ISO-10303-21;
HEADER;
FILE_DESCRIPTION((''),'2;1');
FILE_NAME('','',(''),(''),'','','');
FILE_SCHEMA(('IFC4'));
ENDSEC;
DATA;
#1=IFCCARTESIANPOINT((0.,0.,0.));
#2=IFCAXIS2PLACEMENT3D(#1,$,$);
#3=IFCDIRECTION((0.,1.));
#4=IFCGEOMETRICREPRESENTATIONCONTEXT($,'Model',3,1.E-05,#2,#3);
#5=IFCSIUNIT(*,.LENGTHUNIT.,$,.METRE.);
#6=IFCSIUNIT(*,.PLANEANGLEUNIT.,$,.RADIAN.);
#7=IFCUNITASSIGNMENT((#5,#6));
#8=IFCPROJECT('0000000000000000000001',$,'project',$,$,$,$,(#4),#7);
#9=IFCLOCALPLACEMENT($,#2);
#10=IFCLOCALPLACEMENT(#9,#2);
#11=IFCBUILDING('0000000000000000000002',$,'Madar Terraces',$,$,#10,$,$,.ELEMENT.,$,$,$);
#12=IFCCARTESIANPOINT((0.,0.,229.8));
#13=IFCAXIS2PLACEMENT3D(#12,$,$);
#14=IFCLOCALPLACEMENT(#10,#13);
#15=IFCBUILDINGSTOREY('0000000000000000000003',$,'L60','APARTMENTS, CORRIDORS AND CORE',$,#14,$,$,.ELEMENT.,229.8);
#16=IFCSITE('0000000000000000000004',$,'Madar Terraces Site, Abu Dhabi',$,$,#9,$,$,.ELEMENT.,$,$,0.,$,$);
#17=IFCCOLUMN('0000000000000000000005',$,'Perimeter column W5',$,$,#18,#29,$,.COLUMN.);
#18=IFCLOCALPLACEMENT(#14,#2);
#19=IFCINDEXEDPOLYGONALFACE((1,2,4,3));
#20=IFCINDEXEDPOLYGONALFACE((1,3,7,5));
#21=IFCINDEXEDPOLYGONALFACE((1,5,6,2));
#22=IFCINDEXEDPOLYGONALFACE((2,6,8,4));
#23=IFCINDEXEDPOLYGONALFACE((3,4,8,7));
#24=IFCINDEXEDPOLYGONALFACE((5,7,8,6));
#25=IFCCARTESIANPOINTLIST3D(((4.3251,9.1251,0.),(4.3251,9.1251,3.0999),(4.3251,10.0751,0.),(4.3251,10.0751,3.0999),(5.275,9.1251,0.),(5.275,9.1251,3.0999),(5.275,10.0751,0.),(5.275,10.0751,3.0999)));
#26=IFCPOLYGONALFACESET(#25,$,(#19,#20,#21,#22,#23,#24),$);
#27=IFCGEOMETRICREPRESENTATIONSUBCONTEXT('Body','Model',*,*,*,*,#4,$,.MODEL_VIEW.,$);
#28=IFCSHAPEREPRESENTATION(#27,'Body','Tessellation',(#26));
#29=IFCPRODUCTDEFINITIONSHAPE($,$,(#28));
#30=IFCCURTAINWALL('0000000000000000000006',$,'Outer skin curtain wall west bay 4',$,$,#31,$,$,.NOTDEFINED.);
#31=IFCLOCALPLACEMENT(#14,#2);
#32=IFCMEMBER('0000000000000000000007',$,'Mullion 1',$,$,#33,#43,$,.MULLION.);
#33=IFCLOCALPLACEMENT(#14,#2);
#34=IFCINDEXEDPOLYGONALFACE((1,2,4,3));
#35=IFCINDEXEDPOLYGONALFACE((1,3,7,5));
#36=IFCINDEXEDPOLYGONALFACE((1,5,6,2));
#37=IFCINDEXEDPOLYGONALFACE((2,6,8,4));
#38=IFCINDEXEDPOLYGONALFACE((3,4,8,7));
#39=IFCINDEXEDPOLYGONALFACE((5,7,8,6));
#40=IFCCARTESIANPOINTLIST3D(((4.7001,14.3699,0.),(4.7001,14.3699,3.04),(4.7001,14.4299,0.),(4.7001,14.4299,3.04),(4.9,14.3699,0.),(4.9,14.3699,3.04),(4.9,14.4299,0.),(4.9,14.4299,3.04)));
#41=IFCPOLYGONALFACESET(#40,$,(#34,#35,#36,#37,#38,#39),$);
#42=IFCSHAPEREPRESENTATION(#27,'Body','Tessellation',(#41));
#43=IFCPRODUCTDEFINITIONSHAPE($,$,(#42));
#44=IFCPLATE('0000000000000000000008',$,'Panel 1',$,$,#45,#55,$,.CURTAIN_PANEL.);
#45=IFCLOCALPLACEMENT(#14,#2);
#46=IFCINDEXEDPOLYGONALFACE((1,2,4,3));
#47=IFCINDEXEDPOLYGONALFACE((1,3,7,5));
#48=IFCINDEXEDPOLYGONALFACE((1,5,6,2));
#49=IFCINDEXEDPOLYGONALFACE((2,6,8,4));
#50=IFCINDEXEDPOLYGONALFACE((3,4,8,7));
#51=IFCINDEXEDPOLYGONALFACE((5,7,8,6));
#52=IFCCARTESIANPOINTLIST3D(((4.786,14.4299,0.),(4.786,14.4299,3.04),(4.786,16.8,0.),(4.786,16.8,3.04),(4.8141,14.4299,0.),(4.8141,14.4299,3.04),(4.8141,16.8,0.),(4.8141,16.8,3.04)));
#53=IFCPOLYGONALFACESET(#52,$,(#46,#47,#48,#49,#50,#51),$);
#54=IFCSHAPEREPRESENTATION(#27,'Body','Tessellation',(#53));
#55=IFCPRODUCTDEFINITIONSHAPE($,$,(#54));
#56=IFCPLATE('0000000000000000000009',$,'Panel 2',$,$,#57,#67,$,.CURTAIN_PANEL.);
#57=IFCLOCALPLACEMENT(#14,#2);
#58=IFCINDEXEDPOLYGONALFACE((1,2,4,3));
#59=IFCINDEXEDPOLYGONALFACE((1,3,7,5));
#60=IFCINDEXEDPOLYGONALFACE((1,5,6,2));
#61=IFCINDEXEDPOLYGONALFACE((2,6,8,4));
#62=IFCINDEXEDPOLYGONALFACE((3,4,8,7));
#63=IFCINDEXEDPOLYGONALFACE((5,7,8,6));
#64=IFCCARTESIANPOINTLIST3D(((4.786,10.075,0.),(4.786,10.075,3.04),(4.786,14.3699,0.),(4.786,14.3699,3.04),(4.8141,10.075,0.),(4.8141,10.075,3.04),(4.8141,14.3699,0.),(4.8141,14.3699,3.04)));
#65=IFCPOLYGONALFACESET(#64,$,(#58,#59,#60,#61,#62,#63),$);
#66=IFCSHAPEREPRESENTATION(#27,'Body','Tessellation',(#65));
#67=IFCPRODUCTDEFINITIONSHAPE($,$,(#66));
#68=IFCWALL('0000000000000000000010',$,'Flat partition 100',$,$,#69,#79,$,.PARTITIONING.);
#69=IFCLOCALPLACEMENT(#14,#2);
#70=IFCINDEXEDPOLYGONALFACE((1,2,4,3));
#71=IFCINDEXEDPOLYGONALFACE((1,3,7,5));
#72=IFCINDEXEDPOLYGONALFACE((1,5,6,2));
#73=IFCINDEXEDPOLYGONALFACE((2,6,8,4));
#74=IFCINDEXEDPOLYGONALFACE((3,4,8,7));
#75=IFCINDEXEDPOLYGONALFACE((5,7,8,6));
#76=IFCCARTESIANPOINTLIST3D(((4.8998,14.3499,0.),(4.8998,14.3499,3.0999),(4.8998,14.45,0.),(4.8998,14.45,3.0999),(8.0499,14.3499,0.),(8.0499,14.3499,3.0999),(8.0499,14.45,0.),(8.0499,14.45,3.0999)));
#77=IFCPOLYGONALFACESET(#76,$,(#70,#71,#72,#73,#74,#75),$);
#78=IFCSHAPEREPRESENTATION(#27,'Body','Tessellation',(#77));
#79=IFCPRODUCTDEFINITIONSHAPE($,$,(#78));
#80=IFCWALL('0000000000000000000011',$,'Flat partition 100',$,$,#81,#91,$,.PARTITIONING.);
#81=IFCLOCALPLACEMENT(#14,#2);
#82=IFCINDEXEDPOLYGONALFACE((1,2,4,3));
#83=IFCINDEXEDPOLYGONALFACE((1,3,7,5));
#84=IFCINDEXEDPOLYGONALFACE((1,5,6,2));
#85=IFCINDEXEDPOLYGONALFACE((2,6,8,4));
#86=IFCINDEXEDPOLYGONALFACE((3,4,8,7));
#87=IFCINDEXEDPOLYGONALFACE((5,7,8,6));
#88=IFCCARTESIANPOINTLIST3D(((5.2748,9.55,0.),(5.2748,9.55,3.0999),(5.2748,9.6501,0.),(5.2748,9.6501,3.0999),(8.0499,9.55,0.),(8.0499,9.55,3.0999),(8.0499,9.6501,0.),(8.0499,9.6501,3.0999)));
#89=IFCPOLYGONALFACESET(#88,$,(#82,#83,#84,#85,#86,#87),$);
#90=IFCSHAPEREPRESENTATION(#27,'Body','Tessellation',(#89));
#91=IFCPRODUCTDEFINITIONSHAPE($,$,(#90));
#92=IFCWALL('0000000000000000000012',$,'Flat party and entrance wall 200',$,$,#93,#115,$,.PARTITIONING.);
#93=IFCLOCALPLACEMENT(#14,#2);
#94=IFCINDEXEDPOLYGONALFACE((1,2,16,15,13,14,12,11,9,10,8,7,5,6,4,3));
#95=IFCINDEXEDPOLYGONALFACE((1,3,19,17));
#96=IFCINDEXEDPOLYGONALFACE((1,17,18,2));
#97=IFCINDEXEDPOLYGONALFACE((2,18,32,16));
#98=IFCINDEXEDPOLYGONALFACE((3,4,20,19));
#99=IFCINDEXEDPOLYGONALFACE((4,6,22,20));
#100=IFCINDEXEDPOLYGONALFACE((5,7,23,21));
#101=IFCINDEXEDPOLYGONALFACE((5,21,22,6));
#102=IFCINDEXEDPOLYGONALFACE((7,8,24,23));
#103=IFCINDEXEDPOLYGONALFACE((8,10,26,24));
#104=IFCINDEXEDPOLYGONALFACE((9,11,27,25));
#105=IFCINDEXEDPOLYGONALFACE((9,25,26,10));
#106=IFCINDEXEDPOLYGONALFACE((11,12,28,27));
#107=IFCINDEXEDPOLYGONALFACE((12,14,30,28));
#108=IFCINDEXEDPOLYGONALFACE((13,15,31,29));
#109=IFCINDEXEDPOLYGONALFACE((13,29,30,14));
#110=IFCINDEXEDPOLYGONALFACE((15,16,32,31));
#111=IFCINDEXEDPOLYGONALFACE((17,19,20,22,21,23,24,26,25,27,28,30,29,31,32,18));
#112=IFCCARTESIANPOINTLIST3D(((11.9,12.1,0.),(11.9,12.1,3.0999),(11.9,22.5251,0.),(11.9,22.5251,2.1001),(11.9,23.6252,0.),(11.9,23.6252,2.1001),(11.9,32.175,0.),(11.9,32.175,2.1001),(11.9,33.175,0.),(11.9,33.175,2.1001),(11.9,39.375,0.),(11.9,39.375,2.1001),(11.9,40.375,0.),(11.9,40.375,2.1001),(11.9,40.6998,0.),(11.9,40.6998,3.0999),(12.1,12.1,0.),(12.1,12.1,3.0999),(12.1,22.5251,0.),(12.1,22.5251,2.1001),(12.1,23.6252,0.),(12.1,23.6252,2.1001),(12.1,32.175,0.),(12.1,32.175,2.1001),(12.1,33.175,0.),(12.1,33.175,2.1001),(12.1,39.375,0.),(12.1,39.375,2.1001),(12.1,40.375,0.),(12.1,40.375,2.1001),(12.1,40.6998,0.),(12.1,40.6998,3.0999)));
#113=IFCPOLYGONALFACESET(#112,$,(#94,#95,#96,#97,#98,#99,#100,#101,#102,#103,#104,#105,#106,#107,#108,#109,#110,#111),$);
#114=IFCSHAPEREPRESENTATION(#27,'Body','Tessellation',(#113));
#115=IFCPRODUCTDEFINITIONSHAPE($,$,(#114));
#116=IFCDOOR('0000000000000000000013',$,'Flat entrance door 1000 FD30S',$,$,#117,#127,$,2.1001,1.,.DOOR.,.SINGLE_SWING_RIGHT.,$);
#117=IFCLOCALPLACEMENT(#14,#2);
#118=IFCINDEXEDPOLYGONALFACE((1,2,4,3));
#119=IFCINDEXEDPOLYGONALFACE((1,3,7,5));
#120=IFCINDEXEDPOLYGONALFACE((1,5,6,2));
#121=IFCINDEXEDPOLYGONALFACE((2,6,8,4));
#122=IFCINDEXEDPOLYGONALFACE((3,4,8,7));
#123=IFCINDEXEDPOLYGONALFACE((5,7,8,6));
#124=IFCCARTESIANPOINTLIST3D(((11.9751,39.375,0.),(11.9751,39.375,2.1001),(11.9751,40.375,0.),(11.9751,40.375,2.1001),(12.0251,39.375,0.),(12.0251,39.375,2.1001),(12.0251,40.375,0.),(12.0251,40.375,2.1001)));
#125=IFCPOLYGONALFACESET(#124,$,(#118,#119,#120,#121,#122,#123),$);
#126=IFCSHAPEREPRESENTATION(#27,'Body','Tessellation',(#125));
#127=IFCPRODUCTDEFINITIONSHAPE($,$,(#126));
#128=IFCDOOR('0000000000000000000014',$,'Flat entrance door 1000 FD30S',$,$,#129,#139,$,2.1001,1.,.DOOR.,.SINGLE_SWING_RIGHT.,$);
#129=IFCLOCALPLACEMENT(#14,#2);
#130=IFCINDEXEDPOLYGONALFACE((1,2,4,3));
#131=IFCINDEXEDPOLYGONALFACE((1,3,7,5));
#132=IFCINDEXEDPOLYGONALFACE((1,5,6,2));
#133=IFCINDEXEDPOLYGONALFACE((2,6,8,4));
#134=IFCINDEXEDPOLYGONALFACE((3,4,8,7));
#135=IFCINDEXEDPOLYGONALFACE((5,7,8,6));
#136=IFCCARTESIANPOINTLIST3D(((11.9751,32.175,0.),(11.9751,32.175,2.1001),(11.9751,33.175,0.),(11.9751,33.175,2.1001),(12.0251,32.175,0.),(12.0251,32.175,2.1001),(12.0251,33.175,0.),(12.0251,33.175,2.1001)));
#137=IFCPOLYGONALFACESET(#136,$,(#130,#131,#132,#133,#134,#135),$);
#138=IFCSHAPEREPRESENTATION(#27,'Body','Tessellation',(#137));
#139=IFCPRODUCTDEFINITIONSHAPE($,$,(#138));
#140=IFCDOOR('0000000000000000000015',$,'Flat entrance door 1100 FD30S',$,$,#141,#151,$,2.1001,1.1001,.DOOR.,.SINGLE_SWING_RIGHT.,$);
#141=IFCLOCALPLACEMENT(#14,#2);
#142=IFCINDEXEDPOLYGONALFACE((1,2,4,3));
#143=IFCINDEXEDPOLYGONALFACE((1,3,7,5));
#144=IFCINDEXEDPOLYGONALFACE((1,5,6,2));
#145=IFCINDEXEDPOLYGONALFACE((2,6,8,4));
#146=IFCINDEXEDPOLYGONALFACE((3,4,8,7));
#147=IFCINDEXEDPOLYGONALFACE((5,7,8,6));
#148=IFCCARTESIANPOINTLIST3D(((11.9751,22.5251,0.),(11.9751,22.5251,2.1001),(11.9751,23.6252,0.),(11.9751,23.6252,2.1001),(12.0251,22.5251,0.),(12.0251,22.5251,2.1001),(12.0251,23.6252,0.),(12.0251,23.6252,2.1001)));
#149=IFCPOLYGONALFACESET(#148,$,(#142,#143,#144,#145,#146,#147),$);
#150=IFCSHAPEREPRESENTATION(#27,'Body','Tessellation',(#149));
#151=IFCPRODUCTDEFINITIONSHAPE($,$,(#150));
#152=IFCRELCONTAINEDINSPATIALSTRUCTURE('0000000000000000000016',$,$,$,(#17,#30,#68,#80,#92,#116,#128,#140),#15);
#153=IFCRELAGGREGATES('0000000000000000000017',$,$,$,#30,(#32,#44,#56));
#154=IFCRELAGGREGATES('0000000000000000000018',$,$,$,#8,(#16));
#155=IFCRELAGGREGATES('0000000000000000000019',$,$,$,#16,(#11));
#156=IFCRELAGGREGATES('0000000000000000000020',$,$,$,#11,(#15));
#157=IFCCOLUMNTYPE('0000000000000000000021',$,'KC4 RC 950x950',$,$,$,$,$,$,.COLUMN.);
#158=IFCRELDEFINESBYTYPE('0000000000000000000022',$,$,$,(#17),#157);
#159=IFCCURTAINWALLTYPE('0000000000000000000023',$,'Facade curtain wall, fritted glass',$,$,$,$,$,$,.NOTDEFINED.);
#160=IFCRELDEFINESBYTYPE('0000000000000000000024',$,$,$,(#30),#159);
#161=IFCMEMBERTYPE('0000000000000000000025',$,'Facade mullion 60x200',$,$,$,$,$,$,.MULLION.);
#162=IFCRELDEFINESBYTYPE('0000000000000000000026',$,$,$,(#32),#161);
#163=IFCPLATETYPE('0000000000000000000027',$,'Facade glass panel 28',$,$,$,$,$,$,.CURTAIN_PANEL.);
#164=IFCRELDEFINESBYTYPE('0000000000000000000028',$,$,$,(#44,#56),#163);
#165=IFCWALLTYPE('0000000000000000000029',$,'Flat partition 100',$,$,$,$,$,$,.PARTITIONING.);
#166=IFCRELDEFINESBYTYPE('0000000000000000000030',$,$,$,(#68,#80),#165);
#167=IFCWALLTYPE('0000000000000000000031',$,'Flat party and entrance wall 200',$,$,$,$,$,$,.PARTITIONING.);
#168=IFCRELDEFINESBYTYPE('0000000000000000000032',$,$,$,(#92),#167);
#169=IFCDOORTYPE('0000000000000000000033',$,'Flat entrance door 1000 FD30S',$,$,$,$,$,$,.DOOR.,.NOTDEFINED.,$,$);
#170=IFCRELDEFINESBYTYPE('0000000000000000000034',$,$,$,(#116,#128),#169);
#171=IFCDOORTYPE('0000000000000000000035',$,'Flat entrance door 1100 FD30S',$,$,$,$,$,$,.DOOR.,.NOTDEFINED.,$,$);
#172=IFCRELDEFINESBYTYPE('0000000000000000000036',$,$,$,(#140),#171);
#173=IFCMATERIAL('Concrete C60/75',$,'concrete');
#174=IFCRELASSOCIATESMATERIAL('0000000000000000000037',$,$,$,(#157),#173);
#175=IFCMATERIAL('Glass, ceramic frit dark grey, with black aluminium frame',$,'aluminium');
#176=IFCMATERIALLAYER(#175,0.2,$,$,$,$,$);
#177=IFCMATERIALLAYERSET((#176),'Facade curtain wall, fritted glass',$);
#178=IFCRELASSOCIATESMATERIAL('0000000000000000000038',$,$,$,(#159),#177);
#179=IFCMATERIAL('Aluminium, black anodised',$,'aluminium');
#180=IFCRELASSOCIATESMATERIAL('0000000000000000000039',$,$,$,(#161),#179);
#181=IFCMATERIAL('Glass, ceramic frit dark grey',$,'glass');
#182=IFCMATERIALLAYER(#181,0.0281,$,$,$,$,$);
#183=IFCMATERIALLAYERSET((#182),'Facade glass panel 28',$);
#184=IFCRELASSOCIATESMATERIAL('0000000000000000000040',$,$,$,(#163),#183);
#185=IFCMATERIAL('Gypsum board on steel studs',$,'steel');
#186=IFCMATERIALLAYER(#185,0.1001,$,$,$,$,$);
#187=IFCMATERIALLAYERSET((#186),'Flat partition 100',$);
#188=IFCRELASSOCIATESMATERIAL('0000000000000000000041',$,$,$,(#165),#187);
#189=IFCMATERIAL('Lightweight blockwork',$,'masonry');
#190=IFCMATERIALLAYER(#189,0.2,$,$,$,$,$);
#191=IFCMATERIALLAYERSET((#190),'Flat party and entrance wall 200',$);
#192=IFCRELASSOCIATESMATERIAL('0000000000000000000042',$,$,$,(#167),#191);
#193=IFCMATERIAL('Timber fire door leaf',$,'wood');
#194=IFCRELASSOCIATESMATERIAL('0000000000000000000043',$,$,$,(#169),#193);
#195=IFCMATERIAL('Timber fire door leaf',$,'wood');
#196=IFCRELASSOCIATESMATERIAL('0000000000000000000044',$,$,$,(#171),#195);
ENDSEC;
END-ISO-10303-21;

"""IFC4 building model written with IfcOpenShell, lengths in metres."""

from ifc_helpers import new_model, si_unit, direction, frame, frame_2d, origin, origin_2d, place, context, subcontext, project, spatial, rectangle, extrude, material, layer, layer_set, material_profile, profile_set, type_object, element, fill, aggregate, save


model = new_model("IFC4")

# Units and contexts
model_context = context("Model", 3, precision=1e-05, world=origin(), true_north=direction((0.0, 1.0)))
body_context = subcontext(model_context, "Body", "Model", "MODEL_VIEW")
ifc_project = project(units=[si_unit("LENGTHUNIT", "METRE"), si_unit("PLANEANGLEUNIT", "RADIAN")], contexts=[model_context])

# Site, building, storey
site_placement = place(None, origin())
site = spatial("IfcSite", under=ifc_project, at=site_placement, Name="Madar Terraces Site, Abu Dhabi", CompositionType="ELEMENT", RefElevation=0.0)
building_placement = place(site_placement, origin())
building = spatial("IfcBuilding", under=site, at=building_placement, Name="Madar Terraces", CompositionType="ELEMENT")
storey_placement = place(building_placement, frame((0.0, 0.0, 229.8)))
storey = spatial("IfcBuildingStorey", under=building, at=storey_placement, Name="L60", Description="APARTMENTS, CORRIDORS AND CORE", CompositionType="ELEMENT", Elevation=229.8)

# Column
ifc_material_1 = material(Name="Concrete C60/75", Category="concrete")
ifc_material_profile_1 = material_profile(ifc_material_1, rectangle(XDim=0.95, YDim=0.95, at=origin_2d()), Name="KC4 RC 950x950")
ifc_profile_set_1 = profile_set([ifc_material_profile_1], Name="Concrete C60/75")
column_type = type_object("IfcColumnType", Name="KC4 RC 950x950", PredefinedType="COLUMN", material=ifc_profile_set_1)
column_placement = place(storey_placement, frame((4.8, 9.6001, 0.0), z_axis=(0.0, 0.0, 1.0), x_axis=(1.0, 0.0, 0.0)))
element("IfcColumn", 1, at=column_placement, inside=storey, type_object=column_type, Name="Perimeter column W5", PredefinedType="COLUMN", context=body_context, shape_type="SweptSolid", body=[
    extrude(rectangle(XDim=0.95, YDim=0.95, at=origin_2d()), origin(), (0.0, 0.0, 1.0), 3.0999),
])

# Curtain wall, member, plates
ifc_material_2 = material(Name="Glass, ceramic frit dark grey, with black aluminium frame", Category="aluminium")
ifc_layer_1 = layer(ifc_material_2, 0.2)
ifc_layer_set_1 = layer_set([ifc_layer_1], Name="Facade curtain wall, fritted glass")
curtain_wall_type = type_object("IfcCurtainWallType", Name="Facade curtain wall, fritted glass", PredefinedType="NOTDEFINED", material=ifc_layer_set_1)
curtain_wall_placement = place(storey_placement, origin())
curtain_wall = element("IfcCurtainWall", 2, at=curtain_wall_placement, inside=storey, type_object=curtain_wall_type, Name="Outer skin curtain wall west bay 4", PredefinedType="NOTDEFINED")
ifc_material_3 = material(Name="Aluminium, black anodised", Category="aluminium")
ifc_material_profile_2 = material_profile(ifc_material_3, rectangle(XDim=0.2, YDim=0.0601, at=origin_2d()), Name="Facade mullion 60x200")
ifc_profile_set_2 = profile_set([ifc_material_profile_2], Name="Aluminium, black anodised")
member_type = type_object("IfcMemberType", Name="Facade mullion 60x200", PredefinedType="MULLION", material=ifc_profile_set_2)
member_placement = place(storey_placement, frame((4.8, 14.3999, 0.0), z_axis=(0.0, 0.0, 1.0), x_axis=(1.0, 0.0, 0.0)))
member = element("IfcMember", 3, at=member_placement, type_object=member_type, Name="Mullion 1", PredefinedType="MULLION", context=body_context, shape_type="SweptSolid", body=[
    extrude(rectangle(XDim=0.2, YDim=0.0601, at=origin_2d()), origin(), (0.0, 0.0, 1.0), 3.04),
])
ifc_material_4 = material(Name="Glass, ceramic frit dark grey", Category="glass")
ifc_layer_2 = layer(ifc_material_4, 0.0281)
ifc_layer_set_2 = layer_set([ifc_layer_2], Name="Facade glass panel 28")
plate_type = type_object("IfcPlateType", Name="Facade glass panel 28", PredefinedType="CURTAIN_PANEL", material=ifc_layer_set_2)
plate_1_placement = place(storey_placement, frame((4.8, 15.615, 0.0), z_axis=(0.0, 0.0, 1.0), x_axis=(0.0, -1.0, 0.0)))
plate_1 = element("IfcPlate", 4, at=plate_1_placement, type_object=plate_type, Name="Panel 1", PredefinedType="CURTAIN_PANEL", context=body_context, shape_type="SweptSolid", body=[
    extrude(rectangle(XDim=2.3701, YDim=0.0281, at=origin_2d()), origin(), (0.0, 0.0, 1.0), 3.04),
])
plate_2_placement = place(storey_placement, frame((4.8, 12.2224, 0.0), z_axis=(0.0, 0.0, 1.0), x_axis=(0.0, -1.0, 0.0)))
plate_2 = element("IfcPlate", 5, at=plate_2_placement, type_object=plate_type, Name="Panel 2", PredefinedType="CURTAIN_PANEL", context=body_context, shape_type="SweptSolid", body=[
    extrude(rectangle(XDim=4.2949, YDim=0.0281, at=origin_2d()), origin(), (0.0, 0.0, 1.0), 3.04),
])
aggregate(curtain_wall, [member, plate_1, plate_2])

# Walls
ifc_material_5 = material(Name="Gypsum board on steel studs", Category="steel")
ifc_layer_3 = layer(ifc_material_5, 0.1001)
ifc_layer_set_3 = layer_set([ifc_layer_3], Name="Flat partition 100")
wall_type_1 = type_object("IfcWallType", Name="Flat partition 100", PredefinedType="PARTITIONING", material=ifc_layer_set_3)
wall_1_placement = place(storey_placement, frame((8.05, 14.3999, 0.0), z_axis=(0.0, 0.0, 1.0), x_axis=(-1.0, 0.0, 0.0)))
element("IfcWall", 6, at=wall_1_placement, inside=storey, type_object=wall_type_1, Name="Flat partition 100", PredefinedType="PARTITIONING", context=body_context, shape_type="SweptSolid", body=[
    extrude(rectangle(XDim=3.1501, YDim=0.1001, at=frame_2d((1.5752, 0.0))), origin(), (0.0, 0.0, 1.0), 3.0999),
])
wall_2_placement = place(storey_placement, frame((8.05, 9.6001, 0.0), z_axis=(0.0, 0.0, 1.0), x_axis=(-1.0, 0.0, 0.0)))
element("IfcWall", 7, at=wall_2_placement, inside=storey, type_object=wall_type_1, Name="Flat partition 100", PredefinedType="PARTITIONING", context=body_context, shape_type="SweptSolid", body=[
    extrude(rectangle(XDim=2.7751, YDim=0.1001, at=frame_2d((1.3877, 0.0))), origin(), (0.0, 0.0, 1.0), 3.0999),
])

# Wall, openings, doors
ifc_material_6 = material(Name="Lightweight blockwork", Category="masonry")
ifc_layer_4 = layer(ifc_material_6, 0.2)
ifc_layer_set_4 = layer_set([ifc_layer_4], Name="Flat party and entrance wall 200")
wall_type_2 = type_object("IfcWallType", Name="Flat party and entrance wall 200", PredefinedType="PARTITIONING", material=ifc_layer_set_4)
wall_3_placement = place(storey_placement, frame((12.0, 12.1001, 0.0), z_axis=(0.0, 0.0, 1.0), x_axis=(0.0, 1.0, 0.0)))
wall_3 = element("IfcWall", 8, at=wall_3_placement, inside=storey, type_object=wall_type_2, Name="Flat party and entrance wall 200", PredefinedType="PARTITIONING", context=body_context, shape_type="SweptSolid", body=[
    extrude(rectangle(XDim=28.5999, YDim=0.2, at=frame_2d((14.2998, 0.0))), origin(), (0.0, 0.0, 1.0), 3.0999),
])
opening_1_placement = place(wall_3_placement, frame((27.2749, 0.0, 0.0)))
opening_1 = element("IfcOpeningElement", 9, at=opening_1_placement, cuts=wall_3, PredefinedType="OPENING", context=body_context, shape_type="SweptSolid", body=[
    extrude(rectangle(XDim=1.0, YDim=2.1001, at=frame_2d((0.5, 1.05))), frame((0.0, 0.1099, 0.0), z_axis=(0.0, -1.0, 0.0), x_axis=(1.0, 0.0, 0.0)), (0.0, 0.0, 1.0), 0.22),
])
opening_2_placement = place(wall_3_placement, frame((20.075, 0.0, 0.0)))
opening_2 = element("IfcOpeningElement", 10, at=opening_2_placement, cuts=wall_3, PredefinedType="OPENING", context=body_context, shape_type="SweptSolid", body=[
    extrude(rectangle(XDim=1.0, YDim=2.1001, at=frame_2d((0.5, 1.05))), frame((0.0, 0.1099, 0.0), z_axis=(0.0, -1.0, 0.0), x_axis=(1.0, 0.0, 0.0)), (0.0, 0.0, 1.0), 0.22),
])
opening_3_placement = place(wall_3_placement, frame((10.425, 0.0, 0.0)))
opening_3 = element("IfcOpeningElement", 11, at=opening_3_placement, cuts=wall_3, PredefinedType="OPENING", context=body_context, shape_type="SweptSolid", body=[
    extrude(rectangle(XDim=1.1001, YDim=2.1001, at=frame_2d((0.55, 1.05))), frame((0.0, 0.1099, 0.0), z_axis=(0.0, -1.0, 0.0), x_axis=(1.0, 0.0, 0.0)), (0.0, 0.0, 1.0), 0.22),
])
ifc_material_7 = material(Name="Timber fire door leaf", Category="wood")
door_type_1 = type_object("IfcDoorType", Name="Flat entrance door 1000 FD30S", OperationType="NOTDEFINED", PredefinedType="DOOR", material=ifc_material_7)
door_1_placement = place(opening_1_placement, origin())
door_1 = element("IfcDoor", 12, at=door_1_placement, inside=storey, type_object=door_type_1, Name="Flat entrance door 1000 FD30S", OperationType="SINGLE_SWING_RIGHT", OverallHeight=2.1001, OverallWidth=1.0, PredefinedType="DOOR", context=body_context, shape_type="SweptSolid", body=[
    extrude(rectangle(XDim=1.0, YDim=2.1001, at=frame_2d((0.5, 1.05))), frame((0.0, 0.0249, 0.0), z_axis=(0.0, -1.0, 0.0), x_axis=(1.0, 0.0, 0.0)), (0.0, 0.0, 1.0), 0.05),
])
fill(opening_1, door_1)
door_2_placement = place(opening_2_placement, origin())
door_2 = element("IfcDoor", 13, at=door_2_placement, inside=storey, type_object=door_type_1, Name="Flat entrance door 1000 FD30S", OperationType="SINGLE_SWING_RIGHT", OverallHeight=2.1001, OverallWidth=1.0, PredefinedType="DOOR", context=body_context, shape_type="SweptSolid", body=[
    extrude(rectangle(XDim=1.0, YDim=2.1001, at=frame_2d((0.5, 1.05))), frame((0.0, 0.0249, 0.0), z_axis=(0.0, -1.0, 0.0), x_axis=(1.0, 0.0, 0.0)), (0.0, 0.0, 1.0), 0.05),
])
fill(opening_2, door_2)
ifc_material_8 = material(Name="Timber fire door leaf", Category="wood")
door_type_2 = type_object("IfcDoorType", Name="Flat entrance door 1100 FD30S", OperationType="NOTDEFINED", PredefinedType="DOOR", material=ifc_material_8)
door_3_placement = place(opening_3_placement, origin())
door_3 = element("IfcDoor", 14, at=door_3_placement, inside=storey, type_object=door_type_2, Name="Flat entrance door 1100 FD30S", OperationType="SINGLE_SWING_RIGHT", OverallHeight=2.1001, OverallWidth=1.1001, PredefinedType="DOOR", context=body_context, shape_type="SweptSolid", body=[
    extrude(rectangle(XDim=1.1001, YDim=2.1001, at=frame_2d((0.55, 1.05))), frame((0.0, 0.0249, 0.0), z_axis=(0.0, -1.0, 0.0), x_axis=(1.0, 0.0, 0.0)), (0.0, 0.0, 1.0), 0.05),
])
fill(opening_3, door_3)

save(model, "model.ifc")
